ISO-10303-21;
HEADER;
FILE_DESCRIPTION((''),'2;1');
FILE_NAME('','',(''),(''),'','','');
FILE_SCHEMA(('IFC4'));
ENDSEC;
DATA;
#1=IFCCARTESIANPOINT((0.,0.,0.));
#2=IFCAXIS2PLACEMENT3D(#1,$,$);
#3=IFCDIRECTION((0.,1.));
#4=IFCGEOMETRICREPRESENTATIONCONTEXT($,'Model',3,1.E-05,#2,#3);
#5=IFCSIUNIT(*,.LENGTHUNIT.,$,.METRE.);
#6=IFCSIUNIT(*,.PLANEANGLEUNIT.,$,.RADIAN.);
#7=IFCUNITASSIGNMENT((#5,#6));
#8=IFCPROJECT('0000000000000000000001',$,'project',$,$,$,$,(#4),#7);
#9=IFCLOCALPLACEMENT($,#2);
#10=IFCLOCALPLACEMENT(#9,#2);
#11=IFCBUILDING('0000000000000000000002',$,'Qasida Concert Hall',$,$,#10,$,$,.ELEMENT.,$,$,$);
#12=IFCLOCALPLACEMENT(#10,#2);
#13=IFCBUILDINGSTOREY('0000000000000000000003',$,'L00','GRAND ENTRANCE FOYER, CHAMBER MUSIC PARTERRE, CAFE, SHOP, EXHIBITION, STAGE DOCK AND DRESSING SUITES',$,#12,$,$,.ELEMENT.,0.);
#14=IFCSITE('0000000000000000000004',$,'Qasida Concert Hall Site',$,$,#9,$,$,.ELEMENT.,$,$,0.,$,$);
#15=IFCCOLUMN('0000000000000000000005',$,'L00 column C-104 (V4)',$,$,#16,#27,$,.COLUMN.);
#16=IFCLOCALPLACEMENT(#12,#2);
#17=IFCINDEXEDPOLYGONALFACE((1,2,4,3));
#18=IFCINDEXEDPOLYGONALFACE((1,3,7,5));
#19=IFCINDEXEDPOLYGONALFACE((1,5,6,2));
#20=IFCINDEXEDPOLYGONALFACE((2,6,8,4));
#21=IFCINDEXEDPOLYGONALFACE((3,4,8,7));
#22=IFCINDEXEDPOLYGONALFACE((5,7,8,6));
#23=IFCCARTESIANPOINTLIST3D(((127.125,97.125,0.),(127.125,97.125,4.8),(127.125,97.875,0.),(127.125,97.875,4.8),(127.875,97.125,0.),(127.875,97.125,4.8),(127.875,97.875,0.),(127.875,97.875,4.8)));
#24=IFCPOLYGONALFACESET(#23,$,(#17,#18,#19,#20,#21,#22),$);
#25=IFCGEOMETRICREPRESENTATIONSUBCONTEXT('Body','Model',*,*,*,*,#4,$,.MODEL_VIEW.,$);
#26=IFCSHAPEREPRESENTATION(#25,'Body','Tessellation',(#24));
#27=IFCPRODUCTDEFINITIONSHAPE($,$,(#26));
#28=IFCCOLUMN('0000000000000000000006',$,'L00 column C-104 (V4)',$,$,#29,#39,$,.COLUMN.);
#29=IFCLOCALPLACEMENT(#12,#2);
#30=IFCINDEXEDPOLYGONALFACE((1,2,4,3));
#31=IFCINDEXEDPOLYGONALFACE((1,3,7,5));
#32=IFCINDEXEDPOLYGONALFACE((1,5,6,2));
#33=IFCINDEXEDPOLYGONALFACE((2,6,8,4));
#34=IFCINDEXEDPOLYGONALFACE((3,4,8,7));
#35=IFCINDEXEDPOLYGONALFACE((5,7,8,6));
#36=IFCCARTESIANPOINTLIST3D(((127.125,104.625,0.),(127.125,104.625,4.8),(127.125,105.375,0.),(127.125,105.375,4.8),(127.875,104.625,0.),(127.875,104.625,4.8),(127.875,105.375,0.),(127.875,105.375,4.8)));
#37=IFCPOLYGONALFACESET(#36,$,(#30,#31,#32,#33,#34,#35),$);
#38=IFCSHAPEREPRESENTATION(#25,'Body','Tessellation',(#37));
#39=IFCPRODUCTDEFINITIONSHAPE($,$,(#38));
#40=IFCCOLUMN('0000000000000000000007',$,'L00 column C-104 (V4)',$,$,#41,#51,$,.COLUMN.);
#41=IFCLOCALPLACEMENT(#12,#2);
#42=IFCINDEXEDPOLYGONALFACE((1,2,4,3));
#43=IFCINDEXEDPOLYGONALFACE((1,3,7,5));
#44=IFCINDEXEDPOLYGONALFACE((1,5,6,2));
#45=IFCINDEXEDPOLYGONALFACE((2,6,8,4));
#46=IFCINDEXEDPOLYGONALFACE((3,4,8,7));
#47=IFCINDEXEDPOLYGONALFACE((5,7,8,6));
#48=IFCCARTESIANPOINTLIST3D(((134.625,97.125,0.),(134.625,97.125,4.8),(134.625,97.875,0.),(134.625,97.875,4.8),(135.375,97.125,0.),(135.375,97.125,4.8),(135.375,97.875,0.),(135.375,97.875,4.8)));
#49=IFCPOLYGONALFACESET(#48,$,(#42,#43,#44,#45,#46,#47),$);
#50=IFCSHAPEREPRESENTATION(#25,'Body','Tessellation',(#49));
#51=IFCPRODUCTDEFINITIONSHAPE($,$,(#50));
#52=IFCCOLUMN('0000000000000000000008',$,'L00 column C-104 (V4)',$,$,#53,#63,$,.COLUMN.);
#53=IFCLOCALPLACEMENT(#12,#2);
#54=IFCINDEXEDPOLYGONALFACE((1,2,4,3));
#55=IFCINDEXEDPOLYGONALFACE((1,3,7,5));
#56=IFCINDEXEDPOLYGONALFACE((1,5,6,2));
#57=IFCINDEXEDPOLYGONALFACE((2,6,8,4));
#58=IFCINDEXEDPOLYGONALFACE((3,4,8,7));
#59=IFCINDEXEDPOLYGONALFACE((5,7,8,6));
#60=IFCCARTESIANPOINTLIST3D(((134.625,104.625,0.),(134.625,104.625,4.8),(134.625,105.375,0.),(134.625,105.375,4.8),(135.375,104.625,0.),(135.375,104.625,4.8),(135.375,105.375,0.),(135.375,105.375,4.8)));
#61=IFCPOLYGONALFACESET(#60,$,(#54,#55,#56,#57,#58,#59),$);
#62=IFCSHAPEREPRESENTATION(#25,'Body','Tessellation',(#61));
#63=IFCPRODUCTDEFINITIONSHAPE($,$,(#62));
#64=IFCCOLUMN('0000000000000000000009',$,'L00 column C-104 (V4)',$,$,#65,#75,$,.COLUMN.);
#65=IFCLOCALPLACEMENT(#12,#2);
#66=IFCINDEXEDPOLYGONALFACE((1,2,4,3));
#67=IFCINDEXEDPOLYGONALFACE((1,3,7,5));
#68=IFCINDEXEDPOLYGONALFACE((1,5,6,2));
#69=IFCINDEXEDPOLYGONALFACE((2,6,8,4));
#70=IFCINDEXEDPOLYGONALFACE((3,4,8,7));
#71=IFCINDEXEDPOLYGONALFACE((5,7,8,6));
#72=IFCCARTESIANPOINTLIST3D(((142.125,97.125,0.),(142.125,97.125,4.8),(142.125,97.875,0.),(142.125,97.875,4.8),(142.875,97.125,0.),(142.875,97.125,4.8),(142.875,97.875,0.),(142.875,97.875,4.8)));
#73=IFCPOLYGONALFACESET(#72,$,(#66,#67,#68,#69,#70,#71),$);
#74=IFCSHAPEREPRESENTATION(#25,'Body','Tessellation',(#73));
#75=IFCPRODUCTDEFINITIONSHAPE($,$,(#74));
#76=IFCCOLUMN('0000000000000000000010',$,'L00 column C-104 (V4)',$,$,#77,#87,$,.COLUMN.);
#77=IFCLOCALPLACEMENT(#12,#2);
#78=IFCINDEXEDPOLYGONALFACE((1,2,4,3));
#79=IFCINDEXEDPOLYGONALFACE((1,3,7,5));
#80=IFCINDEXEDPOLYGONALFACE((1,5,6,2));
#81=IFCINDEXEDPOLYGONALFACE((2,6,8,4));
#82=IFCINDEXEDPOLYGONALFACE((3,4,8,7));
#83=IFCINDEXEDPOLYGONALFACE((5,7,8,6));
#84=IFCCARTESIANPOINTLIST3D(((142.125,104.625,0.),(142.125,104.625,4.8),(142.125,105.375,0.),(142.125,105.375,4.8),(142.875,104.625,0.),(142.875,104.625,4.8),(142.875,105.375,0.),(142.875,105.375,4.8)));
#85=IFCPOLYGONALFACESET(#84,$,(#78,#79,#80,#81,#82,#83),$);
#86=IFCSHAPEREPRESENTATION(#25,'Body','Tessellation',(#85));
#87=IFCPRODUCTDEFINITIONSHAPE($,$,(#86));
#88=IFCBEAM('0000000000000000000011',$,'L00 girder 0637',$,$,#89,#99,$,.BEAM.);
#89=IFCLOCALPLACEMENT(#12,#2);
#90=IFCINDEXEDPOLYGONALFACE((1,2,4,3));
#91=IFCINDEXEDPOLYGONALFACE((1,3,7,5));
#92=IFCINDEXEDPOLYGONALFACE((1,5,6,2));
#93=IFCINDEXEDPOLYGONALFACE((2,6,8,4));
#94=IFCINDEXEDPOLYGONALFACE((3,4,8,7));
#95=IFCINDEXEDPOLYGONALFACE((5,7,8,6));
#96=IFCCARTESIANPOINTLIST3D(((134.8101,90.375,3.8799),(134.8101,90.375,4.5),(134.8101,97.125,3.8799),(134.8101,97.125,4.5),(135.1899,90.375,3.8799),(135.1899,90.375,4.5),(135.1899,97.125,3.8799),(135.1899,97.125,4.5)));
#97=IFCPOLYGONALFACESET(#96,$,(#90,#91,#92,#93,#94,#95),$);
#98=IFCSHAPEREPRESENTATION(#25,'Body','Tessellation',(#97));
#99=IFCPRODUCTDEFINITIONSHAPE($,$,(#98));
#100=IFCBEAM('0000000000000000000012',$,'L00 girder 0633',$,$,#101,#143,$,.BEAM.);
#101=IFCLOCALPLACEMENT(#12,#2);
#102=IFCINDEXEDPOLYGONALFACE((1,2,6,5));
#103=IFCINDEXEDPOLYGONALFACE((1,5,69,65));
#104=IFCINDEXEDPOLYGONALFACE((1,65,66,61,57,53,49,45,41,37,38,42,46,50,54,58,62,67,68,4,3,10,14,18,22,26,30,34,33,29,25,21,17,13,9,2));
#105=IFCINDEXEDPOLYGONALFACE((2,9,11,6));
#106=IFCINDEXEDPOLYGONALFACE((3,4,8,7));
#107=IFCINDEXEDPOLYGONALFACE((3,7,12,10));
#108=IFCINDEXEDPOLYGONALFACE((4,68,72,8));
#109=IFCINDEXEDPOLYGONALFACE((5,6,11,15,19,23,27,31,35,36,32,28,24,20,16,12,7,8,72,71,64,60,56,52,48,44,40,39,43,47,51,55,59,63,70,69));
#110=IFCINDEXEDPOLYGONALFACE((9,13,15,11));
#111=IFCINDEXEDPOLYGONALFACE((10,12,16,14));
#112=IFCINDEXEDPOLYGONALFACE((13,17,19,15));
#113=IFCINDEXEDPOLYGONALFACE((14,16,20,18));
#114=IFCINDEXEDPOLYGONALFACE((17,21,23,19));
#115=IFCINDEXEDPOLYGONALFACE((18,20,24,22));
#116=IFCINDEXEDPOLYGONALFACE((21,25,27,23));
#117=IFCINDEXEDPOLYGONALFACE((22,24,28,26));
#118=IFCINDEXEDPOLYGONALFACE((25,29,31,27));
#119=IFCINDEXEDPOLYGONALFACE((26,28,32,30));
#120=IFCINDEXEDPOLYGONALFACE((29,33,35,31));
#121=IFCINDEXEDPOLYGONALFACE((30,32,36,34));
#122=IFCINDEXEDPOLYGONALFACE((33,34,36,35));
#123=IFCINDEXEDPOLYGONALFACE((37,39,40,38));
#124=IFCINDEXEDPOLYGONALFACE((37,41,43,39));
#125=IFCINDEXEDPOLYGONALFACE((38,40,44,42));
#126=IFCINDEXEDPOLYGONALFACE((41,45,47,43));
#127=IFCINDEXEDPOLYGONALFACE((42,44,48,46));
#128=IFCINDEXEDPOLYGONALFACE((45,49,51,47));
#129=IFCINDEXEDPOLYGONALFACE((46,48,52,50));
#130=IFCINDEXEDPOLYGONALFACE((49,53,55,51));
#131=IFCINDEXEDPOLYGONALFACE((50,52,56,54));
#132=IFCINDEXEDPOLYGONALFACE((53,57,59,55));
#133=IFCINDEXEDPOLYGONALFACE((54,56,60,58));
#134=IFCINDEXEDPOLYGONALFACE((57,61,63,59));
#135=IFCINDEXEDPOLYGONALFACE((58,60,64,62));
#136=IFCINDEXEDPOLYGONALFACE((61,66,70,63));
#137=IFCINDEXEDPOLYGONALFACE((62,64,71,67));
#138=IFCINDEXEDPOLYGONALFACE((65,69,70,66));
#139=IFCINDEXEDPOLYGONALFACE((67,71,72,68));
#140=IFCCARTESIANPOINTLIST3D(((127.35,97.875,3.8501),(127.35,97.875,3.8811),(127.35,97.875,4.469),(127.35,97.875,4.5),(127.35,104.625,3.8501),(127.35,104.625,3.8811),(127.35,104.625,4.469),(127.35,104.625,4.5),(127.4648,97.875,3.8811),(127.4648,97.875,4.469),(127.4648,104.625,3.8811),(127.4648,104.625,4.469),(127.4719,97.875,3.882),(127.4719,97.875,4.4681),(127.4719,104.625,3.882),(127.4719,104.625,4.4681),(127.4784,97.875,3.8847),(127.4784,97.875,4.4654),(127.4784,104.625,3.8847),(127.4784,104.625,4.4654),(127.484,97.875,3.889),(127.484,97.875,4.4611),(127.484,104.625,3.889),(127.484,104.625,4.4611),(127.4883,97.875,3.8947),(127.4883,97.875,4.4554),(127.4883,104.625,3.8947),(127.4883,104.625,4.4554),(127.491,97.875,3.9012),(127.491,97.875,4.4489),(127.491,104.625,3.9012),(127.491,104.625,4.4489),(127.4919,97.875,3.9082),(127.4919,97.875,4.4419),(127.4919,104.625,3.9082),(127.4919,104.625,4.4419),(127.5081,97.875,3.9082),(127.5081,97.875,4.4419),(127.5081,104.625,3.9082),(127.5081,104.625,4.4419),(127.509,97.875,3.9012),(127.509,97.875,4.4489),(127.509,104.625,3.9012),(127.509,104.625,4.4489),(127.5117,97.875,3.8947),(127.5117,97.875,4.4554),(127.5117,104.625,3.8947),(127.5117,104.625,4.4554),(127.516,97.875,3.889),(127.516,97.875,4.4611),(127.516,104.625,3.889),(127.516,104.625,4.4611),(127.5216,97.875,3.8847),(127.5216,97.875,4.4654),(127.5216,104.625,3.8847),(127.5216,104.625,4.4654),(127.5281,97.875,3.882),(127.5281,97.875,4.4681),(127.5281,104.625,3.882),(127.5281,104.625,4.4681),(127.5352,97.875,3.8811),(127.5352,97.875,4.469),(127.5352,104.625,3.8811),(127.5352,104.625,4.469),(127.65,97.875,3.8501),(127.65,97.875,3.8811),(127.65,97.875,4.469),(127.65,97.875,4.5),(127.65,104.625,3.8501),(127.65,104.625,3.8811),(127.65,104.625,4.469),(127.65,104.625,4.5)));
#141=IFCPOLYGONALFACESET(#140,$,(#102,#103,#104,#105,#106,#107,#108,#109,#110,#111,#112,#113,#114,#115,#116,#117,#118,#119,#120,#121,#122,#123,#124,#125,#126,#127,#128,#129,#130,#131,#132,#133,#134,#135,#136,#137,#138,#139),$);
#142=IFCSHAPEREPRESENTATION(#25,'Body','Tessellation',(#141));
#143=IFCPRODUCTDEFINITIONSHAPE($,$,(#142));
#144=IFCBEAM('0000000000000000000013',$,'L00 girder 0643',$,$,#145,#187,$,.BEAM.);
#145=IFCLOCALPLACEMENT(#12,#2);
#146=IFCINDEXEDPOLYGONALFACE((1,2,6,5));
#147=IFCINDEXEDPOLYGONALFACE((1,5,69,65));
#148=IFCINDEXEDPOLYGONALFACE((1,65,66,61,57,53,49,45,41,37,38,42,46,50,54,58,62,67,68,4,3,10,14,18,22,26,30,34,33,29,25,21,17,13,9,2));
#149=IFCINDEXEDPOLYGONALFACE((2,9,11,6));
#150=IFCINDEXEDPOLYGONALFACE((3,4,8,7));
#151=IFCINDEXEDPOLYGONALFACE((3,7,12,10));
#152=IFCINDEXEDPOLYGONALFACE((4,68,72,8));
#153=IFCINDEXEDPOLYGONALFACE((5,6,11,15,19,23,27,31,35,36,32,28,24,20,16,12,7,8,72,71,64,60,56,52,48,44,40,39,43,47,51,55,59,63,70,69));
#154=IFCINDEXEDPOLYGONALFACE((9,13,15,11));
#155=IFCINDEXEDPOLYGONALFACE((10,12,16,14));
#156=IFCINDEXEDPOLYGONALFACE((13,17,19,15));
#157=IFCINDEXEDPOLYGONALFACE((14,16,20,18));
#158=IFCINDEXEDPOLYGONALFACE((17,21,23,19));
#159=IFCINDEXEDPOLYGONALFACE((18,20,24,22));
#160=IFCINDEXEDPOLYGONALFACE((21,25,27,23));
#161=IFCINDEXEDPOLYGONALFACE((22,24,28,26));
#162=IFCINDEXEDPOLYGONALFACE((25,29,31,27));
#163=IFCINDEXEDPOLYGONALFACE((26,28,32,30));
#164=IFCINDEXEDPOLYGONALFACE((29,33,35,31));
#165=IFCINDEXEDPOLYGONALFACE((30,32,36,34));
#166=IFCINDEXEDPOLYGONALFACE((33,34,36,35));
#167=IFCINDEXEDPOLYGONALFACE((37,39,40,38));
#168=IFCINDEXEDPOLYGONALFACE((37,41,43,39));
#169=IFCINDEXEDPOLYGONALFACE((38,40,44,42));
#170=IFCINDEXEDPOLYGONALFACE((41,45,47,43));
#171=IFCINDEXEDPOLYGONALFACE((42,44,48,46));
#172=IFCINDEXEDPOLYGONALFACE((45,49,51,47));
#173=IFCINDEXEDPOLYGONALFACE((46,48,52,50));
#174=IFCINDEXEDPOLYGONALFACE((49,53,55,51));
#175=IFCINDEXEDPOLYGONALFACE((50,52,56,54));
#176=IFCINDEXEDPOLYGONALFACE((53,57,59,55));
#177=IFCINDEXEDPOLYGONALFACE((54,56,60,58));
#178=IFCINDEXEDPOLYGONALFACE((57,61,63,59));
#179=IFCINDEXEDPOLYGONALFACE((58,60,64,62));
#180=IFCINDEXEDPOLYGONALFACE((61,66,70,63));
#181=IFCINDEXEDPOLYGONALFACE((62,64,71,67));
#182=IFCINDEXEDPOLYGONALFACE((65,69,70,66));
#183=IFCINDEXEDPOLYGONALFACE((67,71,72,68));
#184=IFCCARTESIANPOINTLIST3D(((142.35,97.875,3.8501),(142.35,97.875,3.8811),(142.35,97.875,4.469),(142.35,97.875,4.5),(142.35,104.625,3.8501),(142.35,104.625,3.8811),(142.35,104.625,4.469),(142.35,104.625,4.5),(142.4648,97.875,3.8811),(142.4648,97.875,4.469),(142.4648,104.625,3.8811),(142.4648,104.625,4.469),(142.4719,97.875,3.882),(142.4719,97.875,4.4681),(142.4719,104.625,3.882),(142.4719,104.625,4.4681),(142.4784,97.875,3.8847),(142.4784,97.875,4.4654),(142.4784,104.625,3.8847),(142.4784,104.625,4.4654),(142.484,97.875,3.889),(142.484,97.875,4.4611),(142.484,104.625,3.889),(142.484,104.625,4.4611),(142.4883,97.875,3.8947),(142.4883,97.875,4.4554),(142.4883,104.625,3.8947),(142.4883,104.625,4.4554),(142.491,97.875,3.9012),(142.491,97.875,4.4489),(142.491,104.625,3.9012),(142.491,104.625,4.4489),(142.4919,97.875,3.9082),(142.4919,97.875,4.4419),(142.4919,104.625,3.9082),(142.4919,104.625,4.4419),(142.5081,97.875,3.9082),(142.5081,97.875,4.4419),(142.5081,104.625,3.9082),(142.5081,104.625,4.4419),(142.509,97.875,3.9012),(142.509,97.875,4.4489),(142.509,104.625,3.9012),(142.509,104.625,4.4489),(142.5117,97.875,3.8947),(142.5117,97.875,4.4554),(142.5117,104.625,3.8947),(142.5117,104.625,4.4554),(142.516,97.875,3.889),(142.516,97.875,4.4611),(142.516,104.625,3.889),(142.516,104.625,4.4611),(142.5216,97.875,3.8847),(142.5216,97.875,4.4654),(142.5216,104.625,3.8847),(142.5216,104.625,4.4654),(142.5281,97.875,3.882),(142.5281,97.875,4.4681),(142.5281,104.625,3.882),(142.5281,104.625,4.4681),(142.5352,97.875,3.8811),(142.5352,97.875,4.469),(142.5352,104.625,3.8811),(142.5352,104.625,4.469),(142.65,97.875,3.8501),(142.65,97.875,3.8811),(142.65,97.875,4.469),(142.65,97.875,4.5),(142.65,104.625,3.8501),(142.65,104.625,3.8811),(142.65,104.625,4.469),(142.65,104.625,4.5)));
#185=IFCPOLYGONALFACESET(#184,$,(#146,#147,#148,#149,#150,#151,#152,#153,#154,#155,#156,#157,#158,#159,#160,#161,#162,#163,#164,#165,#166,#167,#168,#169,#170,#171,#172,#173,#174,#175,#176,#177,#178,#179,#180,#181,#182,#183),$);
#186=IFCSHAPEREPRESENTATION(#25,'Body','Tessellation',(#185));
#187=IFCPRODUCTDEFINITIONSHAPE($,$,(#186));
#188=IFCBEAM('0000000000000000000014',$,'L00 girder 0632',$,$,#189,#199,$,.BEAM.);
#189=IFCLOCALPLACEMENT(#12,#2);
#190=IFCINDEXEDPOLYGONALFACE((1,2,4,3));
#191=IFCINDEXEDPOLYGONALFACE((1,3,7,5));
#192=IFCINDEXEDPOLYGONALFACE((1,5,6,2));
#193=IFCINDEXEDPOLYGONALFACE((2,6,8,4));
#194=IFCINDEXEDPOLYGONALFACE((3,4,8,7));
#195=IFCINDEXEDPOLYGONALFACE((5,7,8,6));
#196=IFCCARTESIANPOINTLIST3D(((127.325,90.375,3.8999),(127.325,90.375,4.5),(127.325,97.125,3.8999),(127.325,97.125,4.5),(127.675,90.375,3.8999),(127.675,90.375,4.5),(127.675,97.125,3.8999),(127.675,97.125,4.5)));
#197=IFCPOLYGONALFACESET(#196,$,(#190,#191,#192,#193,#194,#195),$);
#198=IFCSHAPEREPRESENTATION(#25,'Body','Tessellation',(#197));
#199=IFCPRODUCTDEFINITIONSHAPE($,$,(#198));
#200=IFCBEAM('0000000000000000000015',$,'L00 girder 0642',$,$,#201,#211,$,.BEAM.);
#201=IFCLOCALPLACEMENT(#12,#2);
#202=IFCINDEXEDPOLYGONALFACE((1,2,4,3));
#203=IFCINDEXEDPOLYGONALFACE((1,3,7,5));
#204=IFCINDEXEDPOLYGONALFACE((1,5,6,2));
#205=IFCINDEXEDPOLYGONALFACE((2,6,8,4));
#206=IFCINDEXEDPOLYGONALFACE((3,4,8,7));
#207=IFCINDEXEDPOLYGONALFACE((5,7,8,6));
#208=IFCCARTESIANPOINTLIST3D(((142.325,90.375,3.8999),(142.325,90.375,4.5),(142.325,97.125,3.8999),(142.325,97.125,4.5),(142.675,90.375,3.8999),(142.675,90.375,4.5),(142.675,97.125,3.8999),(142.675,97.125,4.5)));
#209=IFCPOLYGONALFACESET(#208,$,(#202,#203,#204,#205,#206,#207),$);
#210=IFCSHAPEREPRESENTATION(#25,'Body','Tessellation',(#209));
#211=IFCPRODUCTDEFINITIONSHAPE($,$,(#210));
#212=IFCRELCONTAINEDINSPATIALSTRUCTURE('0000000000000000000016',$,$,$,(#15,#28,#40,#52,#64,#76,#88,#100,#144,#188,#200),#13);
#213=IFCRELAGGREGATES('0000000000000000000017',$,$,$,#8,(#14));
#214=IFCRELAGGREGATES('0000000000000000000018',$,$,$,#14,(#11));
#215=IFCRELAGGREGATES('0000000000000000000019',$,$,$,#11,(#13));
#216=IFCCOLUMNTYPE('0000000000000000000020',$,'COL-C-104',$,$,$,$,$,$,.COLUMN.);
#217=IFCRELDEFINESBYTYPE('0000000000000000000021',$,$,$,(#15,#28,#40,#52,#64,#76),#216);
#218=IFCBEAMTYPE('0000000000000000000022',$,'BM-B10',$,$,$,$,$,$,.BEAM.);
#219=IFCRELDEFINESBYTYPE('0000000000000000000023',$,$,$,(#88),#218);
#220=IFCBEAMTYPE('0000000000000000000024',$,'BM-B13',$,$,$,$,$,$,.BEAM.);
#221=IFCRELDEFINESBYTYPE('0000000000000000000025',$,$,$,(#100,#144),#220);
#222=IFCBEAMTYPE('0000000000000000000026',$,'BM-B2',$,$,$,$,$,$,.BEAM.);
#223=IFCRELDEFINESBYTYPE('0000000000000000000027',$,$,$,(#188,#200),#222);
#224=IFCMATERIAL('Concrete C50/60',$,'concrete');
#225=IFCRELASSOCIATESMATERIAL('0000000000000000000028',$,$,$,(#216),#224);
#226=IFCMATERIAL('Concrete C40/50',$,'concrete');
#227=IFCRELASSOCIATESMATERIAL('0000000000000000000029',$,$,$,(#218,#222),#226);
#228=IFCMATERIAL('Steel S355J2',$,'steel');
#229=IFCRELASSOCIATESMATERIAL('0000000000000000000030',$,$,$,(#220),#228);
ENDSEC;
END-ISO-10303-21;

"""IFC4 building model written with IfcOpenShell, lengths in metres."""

from ifc_helpers import new_model, si_unit, direction, frame, origin, origin_2d, place, context, subcontext, project, spatial, rectangle, i_section, extrude, material, material_profile, profile_set, type_object, element, save


model = new_model("IFC4")

# Units and contexts
model_context = context("Model", 3, precision=1e-05, world=origin(), true_north=direction((0.0, 1.0)))
body_context = subcontext(model_context, "Body", "Model", "MODEL_VIEW")
ifc_project = project(units=[si_unit("LENGTHUNIT", "METRE"), si_unit("PLANEANGLEUNIT", "RADIAN")], contexts=[model_context])

# Site, building, storey
site_placement = place(None, origin())
site = spatial("IfcSite", under=ifc_project, at=site_placement, Name="Qasida Concert Hall Site", CompositionType="ELEMENT", RefElevation=0.0)
building_placement = place(site_placement, origin())
building = spatial("IfcBuilding", under=site, at=building_placement, Name="Qasida Concert Hall", CompositionType="ELEMENT")
storey_placement = place(building_placement, origin())
storey = spatial("IfcBuildingStorey", under=building, at=storey_placement, Name="L00", Description="GRAND ENTRANCE FOYER, CHAMBER MUSIC PARTERRE, CAFE, SHOP, EXHIBITION, STAGE DOCK AND DRESSING SUITES", CompositionType="ELEMENT", Elevation=0.0)

# Columns
ifc_material_1 = material(Name="Concrete C50/60", Category="concrete")
ifc_material_profile_1 = material_profile(ifc_material_1, rectangle(XDim=0.75, YDim=0.75, at=origin_2d()), Name="RC 750x750")
ifc_profile_set_1 = profile_set([ifc_material_profile_1], Name="Concrete C50/60")
column_type = type_object("IfcColumnType", Name="COL-C-104", PredefinedType="COLUMN", material=ifc_profile_set_1)
for number, where, z_axis, x_axis, name in (
    (1, (127.5, 97.5, 0.0), (0.0, 0.0, 1.0), (1.0, 0.0, 0.0), "L00 column C-104 (V4)"),
    (2, (127.5, 105.0, 0.0), (0.0, 0.0, 1.0), (1.0, 0.0, 0.0), "L00 column C-104 (V4)"),
    (3, (135.0, 97.5, 0.0), (0.0, 0.0, 1.0), (1.0, 0.0, 0.0), "L00 column C-104 (V4)"),
    (4, (135.0, 105.0, 0.0), (0.0, 0.0, 1.0), (1.0, 0.0, 0.0), "L00 column C-104 (V4)"),
    (5, (142.5, 97.5, 0.0), (0.0, 0.0, 1.0), (1.0, 0.0, 0.0), "L00 column C-104 (V4)"),
    (6, (142.5, 105.0, 0.0), (0.0, 0.0, 1.0), (1.0, 0.0, 0.0), "L00 column C-104 (V4)"),
):
    element("IfcColumn", number, at=place(storey_placement, frame(where, z_axis=z_axis, x_axis=x_axis)), inside=storey, type_object=column_type, Name=name, PredefinedType="COLUMN", context=body_context, shape_type="SweptSolid", body=[
        extrude(rectangle(XDim=0.75, YDim=0.75, at=origin_2d()), origin(), (0.0, 0.0, 1.0), 4.8),
    ])

# Beams
ifc_material_2 = material(Name="Concrete C40/50", Category="concrete")
ifc_material_profile_2 = material_profile(ifc_material_2, rectangle(XDim=0.3799, YDim=0.6201, at=origin_2d()), Name="RC 380x620")
ifc_profile_set_2 = profile_set([ifc_material_profile_2], Name="Concrete C40/50")
beam_type_1 = type_object("IfcBeamType", Name="BM-B10", PredefinedType="BEAM", material=ifc_profile_set_2)
beam_1_placement = place(storey_placement, frame((135.0, 90.375, 4.1899), z_axis=(0.0, 1.0, 0.0), x_axis=(-1.0, 0.0, 0.0)))
element("IfcBeam", 7, at=beam_1_placement, inside=storey, type_object=beam_type_1, Name="L00 girder 0637", PredefinedType="BEAM", context=body_context, shape_type="SweptSolid", body=[
    extrude(rectangle(XDim=0.3799, YDim=0.6201, at=origin_2d()), origin(), (0.0, 0.0, 1.0), 6.75),
])
ifc_material_3 = material(Name="Steel S355J2", Category="steel")
ifc_material_profile_3 = material_profile(ifc_material_3, i_section(OverallWidth=0.3, OverallDepth=0.6499, WebThickness=0.0161, FlangeThickness=0.031, FilletRadius=0.0271, at=origin_2d()), Name="HEB 650")
ifc_profile_set_3 = profile_set([ifc_material_profile_3], Name="Steel S355J2")
beam_type_2 = type_object("IfcBeamType", Name="BM-B13", PredefinedType="BEAM", material=ifc_profile_set_3)
for number, where, z_axis, x_axis, name in (
    (8, (127.5, 97.875, 4.175), (0.0, 1.0, 0.0), (-1.0, 0.0, 0.0), "L00 girder 0633"),
    (9, (142.5, 97.875, 4.175), (0.0, 1.0, 0.0), (-1.0, 0.0, 0.0), "L00 girder 0643"),
):
    element("IfcBeam", number, at=place(storey_placement, frame(where, z_axis=z_axis, x_axis=x_axis)), inside=storey, type_object=beam_type_2, Name=name, PredefinedType="BEAM", context=body_context, shape_type="SweptSolid", body=[
        extrude(i_section(OverallWidth=0.3, OverallDepth=0.6499, WebThickness=0.0161, FlangeThickness=0.031, FilletRadius=0.0271, at=origin_2d()), origin(), (0.0, 0.0, 1.0), 6.75),
    ])
ifc_material_profile_4 = material_profile(ifc_material_2, rectangle(XDim=0.3501, YDim=0.6001, at=origin_2d()), Name="RC 350x600")
ifc_profile_set_4 = profile_set([ifc_material_profile_4], Name="Concrete C40/50")
beam_type_3 = type_object("IfcBeamType", Name="BM-B2", PredefinedType="BEAM", material=ifc_profile_set_4)
for number, where, z_axis, x_axis, name in (
    (10, (127.5, 90.375, 4.2), (0.0, 1.0, 0.0), (-1.0, 0.0, 0.0), "L00 girder 0632"),
    (11, (142.5, 90.375, 4.2), (0.0, 1.0, 0.0), (-1.0, 0.0, 0.0), "L00 girder 0642"),
):
    element("IfcBeam", number, at=place(storey_placement, frame(where, z_axis=z_axis, x_axis=x_axis)), inside=storey, type_object=beam_type_3, Name=name, PredefinedType="BEAM", context=body_context, shape_type="SweptSolid", body=[
        extrude(rectangle(XDim=0.3501, YDim=0.6001, at=origin_2d()), origin(), (0.0, 0.0, 1.0), 6.75),
    ])

save(model, "model.ifc")
